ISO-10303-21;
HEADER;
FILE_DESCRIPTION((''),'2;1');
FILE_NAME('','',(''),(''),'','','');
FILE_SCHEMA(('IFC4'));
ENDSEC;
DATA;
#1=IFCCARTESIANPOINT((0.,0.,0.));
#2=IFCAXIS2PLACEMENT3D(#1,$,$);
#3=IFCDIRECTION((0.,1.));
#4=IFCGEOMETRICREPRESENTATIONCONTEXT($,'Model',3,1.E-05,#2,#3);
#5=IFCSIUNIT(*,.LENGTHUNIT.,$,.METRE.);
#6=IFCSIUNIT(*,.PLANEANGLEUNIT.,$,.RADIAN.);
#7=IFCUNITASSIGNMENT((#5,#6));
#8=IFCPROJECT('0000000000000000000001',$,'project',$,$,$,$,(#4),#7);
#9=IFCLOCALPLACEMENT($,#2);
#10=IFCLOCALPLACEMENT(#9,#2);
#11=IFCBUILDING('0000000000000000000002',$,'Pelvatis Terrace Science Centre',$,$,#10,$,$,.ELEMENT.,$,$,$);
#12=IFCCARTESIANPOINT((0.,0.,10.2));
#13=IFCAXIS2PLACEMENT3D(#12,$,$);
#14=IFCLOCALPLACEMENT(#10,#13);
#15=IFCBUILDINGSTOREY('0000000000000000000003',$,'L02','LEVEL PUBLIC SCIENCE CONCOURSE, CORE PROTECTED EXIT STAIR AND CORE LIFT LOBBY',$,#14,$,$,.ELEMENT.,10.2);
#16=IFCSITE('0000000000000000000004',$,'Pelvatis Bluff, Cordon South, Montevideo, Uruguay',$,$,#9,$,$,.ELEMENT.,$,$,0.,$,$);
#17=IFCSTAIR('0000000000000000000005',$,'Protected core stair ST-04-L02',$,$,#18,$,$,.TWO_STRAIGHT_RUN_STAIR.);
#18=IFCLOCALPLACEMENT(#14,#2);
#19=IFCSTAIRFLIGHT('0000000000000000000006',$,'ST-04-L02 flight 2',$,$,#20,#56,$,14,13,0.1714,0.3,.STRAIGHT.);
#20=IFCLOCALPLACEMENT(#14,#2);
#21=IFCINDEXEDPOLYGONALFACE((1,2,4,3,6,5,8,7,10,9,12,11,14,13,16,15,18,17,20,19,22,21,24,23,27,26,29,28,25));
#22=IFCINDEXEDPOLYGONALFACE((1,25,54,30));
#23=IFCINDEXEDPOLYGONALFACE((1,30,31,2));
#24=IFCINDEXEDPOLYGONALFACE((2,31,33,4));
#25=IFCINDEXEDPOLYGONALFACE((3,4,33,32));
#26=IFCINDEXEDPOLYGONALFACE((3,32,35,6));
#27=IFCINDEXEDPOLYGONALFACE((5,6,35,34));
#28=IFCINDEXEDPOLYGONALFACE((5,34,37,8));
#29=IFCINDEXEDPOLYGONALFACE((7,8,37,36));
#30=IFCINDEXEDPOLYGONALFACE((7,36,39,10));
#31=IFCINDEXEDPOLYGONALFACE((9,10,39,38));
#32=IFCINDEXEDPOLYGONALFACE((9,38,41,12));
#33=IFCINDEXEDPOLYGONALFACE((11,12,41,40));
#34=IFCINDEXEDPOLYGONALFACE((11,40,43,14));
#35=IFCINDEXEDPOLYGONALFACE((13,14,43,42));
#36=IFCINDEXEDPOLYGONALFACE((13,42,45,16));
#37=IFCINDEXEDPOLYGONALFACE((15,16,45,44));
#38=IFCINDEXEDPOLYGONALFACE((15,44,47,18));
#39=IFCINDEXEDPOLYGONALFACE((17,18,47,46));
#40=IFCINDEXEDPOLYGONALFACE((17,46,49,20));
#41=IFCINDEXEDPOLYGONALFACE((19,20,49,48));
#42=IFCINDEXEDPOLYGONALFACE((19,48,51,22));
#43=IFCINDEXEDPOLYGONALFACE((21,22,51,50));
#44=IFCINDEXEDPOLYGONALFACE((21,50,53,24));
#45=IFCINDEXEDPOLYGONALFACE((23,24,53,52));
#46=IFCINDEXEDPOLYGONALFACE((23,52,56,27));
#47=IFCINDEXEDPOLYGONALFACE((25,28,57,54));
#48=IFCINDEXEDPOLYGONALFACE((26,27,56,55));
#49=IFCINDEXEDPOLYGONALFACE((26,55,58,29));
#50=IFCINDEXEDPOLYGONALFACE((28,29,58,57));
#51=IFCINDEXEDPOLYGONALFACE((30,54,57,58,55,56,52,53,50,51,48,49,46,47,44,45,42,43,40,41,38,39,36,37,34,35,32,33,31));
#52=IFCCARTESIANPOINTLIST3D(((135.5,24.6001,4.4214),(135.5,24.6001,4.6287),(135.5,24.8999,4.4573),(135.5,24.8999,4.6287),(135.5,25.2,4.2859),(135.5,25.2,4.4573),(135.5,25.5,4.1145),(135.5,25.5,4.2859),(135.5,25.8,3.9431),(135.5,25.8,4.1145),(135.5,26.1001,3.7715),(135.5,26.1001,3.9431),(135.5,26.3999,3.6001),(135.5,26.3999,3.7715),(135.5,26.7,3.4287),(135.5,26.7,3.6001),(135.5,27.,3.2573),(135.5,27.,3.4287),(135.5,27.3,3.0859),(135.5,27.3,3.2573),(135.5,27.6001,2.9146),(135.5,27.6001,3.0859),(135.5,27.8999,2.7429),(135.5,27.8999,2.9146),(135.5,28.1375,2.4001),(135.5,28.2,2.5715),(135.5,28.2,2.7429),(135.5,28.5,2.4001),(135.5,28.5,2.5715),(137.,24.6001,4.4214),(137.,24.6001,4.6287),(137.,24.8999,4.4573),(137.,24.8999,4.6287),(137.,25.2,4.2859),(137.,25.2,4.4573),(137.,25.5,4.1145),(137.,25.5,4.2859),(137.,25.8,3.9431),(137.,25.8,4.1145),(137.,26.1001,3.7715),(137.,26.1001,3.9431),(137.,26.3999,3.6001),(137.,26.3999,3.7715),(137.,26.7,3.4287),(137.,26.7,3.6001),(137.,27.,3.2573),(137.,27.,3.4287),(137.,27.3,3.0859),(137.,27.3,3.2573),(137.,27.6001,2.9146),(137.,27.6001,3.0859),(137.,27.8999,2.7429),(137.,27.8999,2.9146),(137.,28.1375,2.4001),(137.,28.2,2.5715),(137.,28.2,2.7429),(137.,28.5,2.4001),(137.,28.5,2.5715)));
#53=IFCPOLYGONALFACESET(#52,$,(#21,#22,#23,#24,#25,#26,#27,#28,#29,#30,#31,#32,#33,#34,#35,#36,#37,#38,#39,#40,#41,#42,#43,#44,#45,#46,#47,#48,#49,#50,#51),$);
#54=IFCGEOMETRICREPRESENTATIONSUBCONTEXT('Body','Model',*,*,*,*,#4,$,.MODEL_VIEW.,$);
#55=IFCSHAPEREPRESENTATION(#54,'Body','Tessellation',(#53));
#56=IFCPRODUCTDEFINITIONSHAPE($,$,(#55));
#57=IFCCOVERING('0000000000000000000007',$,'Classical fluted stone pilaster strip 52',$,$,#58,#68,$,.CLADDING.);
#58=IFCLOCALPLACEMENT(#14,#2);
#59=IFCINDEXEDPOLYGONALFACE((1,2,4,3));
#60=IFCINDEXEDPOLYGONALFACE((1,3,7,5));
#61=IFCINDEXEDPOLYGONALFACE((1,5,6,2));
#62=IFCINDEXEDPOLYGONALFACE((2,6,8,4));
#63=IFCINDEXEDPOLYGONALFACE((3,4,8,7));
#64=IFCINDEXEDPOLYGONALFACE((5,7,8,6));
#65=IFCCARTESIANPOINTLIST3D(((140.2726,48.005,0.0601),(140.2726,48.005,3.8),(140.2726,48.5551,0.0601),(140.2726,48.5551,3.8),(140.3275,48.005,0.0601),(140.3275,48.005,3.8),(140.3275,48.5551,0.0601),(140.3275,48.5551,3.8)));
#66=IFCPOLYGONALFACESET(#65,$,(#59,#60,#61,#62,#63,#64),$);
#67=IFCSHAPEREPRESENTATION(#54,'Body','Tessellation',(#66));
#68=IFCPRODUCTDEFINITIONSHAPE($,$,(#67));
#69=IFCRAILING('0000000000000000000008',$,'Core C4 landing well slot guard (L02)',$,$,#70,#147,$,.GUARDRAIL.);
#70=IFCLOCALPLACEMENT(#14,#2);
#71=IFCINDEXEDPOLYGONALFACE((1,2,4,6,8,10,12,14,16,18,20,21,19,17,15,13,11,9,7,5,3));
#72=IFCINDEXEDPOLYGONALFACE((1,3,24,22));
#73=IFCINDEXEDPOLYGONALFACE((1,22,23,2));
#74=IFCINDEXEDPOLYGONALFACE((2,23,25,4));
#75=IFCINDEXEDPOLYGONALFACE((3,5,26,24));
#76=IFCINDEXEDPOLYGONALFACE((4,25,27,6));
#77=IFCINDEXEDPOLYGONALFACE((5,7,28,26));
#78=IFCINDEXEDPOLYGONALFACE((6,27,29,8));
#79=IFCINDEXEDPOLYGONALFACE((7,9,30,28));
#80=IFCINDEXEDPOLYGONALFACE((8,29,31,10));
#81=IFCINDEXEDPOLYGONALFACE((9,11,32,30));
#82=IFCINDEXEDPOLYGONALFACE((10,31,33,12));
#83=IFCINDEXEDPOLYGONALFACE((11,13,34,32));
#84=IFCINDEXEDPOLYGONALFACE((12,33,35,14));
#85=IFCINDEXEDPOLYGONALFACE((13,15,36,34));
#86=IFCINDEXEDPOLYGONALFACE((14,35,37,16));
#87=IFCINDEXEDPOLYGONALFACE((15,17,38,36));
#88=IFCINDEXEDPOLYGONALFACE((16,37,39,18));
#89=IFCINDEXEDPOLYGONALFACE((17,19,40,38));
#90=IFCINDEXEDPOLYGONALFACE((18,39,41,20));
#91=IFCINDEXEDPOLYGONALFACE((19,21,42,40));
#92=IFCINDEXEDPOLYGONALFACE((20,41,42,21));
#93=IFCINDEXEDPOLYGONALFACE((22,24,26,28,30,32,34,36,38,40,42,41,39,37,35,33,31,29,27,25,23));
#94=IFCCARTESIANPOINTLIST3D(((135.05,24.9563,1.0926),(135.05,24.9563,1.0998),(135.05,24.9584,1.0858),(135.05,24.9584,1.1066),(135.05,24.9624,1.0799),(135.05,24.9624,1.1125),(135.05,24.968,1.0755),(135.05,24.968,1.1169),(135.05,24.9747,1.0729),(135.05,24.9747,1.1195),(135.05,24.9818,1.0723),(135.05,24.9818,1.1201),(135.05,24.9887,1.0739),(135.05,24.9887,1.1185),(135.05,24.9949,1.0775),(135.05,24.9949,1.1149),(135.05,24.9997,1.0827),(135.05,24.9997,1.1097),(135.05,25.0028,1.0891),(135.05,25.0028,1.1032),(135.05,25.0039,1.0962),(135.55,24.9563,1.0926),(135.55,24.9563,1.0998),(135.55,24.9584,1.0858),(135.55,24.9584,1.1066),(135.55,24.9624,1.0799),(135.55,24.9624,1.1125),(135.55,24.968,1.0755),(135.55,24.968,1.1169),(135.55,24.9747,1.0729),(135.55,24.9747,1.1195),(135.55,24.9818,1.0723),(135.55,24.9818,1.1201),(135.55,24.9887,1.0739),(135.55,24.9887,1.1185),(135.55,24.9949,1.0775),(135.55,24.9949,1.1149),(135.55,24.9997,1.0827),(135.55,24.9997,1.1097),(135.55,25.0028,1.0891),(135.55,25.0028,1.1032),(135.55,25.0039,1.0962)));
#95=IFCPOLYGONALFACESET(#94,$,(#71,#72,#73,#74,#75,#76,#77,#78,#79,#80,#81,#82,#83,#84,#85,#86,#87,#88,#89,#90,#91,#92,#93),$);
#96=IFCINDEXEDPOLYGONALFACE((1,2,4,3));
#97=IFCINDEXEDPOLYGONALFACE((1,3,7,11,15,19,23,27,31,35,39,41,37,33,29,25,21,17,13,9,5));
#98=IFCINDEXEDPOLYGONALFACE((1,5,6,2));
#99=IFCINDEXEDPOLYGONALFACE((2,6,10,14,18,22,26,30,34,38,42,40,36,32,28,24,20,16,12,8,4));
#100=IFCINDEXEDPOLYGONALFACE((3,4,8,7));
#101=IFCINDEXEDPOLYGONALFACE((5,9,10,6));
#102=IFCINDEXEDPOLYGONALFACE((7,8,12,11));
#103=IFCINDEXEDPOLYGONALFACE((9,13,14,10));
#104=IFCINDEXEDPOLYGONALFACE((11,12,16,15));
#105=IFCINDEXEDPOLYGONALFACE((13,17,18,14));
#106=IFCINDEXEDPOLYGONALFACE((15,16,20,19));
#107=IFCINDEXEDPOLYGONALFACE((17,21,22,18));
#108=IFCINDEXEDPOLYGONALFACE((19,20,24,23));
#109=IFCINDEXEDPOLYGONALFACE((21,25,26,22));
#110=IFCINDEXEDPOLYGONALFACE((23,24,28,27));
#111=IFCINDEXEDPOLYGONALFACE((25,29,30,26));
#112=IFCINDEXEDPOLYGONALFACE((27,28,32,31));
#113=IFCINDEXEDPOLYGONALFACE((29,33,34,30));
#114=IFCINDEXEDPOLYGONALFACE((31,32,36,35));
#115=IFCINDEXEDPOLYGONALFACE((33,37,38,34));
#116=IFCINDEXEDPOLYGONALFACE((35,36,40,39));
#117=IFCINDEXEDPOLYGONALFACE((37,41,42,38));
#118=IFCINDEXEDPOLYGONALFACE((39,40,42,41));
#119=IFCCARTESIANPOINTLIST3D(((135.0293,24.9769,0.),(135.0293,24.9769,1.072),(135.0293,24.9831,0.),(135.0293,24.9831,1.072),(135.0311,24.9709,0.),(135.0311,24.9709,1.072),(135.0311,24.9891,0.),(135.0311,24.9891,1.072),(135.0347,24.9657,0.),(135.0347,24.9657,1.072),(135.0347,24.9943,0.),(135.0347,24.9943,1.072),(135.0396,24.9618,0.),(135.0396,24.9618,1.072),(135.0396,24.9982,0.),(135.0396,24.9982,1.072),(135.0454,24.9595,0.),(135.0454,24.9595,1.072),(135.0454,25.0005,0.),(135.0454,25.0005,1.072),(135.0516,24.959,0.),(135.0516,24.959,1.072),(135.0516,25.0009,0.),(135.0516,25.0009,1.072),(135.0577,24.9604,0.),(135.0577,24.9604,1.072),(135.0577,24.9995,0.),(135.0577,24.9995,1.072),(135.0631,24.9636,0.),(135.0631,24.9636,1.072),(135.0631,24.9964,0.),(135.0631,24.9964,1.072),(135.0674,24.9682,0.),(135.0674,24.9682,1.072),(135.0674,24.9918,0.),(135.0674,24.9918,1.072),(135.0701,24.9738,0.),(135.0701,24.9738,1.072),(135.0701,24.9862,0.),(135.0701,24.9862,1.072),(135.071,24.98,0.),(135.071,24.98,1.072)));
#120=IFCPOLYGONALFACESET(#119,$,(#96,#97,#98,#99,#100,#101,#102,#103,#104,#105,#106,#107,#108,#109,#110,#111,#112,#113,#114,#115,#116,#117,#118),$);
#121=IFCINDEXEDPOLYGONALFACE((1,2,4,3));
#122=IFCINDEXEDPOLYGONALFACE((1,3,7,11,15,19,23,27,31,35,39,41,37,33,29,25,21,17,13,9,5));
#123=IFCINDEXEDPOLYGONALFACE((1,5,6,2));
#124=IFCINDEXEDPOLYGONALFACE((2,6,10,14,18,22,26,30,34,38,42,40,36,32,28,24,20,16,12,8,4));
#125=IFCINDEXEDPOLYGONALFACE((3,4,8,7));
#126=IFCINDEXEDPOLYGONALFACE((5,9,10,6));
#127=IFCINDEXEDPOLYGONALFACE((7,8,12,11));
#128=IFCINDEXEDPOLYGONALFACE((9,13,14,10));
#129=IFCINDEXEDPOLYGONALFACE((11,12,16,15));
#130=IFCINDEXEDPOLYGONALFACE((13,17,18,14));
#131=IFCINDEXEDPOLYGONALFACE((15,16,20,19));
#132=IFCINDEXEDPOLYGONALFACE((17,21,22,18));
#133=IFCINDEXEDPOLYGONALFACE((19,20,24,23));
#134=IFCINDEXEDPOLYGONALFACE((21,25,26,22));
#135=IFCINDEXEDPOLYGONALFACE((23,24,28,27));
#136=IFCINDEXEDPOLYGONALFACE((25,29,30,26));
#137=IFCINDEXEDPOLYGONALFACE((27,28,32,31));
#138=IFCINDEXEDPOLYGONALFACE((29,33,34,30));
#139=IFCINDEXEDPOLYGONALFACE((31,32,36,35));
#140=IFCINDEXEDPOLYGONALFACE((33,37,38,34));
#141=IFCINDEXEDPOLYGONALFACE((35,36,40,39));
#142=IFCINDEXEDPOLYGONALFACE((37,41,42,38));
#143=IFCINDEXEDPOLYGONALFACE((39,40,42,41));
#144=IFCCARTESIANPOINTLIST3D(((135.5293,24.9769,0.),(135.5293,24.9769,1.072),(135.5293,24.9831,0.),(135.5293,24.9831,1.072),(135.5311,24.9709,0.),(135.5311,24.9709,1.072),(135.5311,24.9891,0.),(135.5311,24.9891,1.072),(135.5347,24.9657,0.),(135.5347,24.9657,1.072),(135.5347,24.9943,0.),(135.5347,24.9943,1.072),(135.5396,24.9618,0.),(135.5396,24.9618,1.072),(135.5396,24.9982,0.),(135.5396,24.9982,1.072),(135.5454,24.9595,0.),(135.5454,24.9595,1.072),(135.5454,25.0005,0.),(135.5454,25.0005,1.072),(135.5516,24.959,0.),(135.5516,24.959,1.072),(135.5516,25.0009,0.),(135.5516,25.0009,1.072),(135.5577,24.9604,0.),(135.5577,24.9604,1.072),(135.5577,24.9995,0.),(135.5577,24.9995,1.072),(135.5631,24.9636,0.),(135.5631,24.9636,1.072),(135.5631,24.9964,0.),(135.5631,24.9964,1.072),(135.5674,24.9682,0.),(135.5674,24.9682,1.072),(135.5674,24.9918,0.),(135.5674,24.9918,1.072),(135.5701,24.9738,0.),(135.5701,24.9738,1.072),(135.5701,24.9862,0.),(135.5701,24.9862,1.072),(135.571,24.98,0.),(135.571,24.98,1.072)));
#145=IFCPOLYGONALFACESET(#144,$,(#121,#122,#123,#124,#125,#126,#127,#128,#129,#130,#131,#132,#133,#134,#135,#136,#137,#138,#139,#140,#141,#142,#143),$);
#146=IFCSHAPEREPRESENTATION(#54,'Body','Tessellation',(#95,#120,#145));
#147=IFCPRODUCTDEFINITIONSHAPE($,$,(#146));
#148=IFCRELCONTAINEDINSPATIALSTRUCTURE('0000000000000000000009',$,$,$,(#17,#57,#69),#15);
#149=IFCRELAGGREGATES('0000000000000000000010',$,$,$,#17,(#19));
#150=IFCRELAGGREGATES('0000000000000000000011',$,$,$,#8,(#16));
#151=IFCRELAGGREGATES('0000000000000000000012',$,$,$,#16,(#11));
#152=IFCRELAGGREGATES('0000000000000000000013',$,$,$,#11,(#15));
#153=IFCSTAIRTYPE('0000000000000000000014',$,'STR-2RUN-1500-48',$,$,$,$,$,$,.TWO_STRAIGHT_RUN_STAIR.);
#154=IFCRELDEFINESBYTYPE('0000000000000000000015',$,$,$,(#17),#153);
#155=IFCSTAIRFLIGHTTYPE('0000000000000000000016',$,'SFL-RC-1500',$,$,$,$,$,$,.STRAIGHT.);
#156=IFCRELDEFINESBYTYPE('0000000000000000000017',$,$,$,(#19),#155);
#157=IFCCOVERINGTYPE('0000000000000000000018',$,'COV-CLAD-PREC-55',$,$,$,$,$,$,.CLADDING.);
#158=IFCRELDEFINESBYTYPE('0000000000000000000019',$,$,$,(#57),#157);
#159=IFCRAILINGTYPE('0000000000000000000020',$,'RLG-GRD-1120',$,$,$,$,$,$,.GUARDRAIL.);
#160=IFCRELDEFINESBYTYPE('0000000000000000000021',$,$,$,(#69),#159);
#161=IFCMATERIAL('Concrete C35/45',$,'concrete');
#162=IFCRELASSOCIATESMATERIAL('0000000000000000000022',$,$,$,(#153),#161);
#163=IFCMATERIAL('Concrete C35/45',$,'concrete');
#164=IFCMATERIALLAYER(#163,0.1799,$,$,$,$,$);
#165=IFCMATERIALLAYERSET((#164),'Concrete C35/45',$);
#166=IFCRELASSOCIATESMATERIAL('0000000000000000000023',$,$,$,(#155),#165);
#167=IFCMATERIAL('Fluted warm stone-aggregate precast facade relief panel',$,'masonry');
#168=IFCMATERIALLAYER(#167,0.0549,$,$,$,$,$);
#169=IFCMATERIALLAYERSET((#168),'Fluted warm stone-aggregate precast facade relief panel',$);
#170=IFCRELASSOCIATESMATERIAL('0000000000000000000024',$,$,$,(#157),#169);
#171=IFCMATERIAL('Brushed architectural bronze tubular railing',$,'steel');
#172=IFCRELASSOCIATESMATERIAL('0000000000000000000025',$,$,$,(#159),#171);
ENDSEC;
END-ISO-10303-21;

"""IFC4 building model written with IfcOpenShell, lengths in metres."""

from ifc_helpers import new_model, si_unit, direction, frame, origin, origin_2d, place, context, subcontext, project, spatial, polyline, rectangle, circle, outline, extrude, material, layer, layer_set, type_object, element, aggregate, save


model = new_model("IFC4")

# Units and contexts
model_context = context("Model", 3, precision=1e-05, world=origin(), true_north=direction((0.0, 1.0)))
body_context = subcontext(model_context, "Body", "Model", "MODEL_VIEW")
ifc_project = project(units=[si_unit("LENGTHUNIT", "METRE"), si_unit("PLANEANGLEUNIT", "RADIAN")], contexts=[model_context])

# Site, building, storey
site_placement = place(None, origin())
site = spatial("IfcSite", under=ifc_project, at=site_placement, Name="Pelvatis Bluff, Cordon South, Montevideo, Uruguay", CompositionType="ELEMENT", RefElevation=0.0)
building_placement = place(site_placement, origin())
building = spatial("IfcBuilding", under=site, at=building_placement, Name="Pelvatis Terrace Science Centre", CompositionType="ELEMENT")
storey_placement = place(building_placement, frame((0.0, 0.0, 10.2)))
storey = spatial("IfcBuildingStorey", under=building, at=storey_placement, Name="L02", Description="LEVEL PUBLIC SCIENCE CONCOURSE, CORE PROTECTED EXIT STAIR AND CORE LIFT LOBBY", CompositionType="ELEMENT", Elevation=10.2)

# Stair, stair flight
ifc_material_1 = material(Name="Concrete C35/45", Category="concrete")
stair_type = type_object("IfcStairType", Name="STR-2RUN-1500-48", PredefinedType="TWO_STRAIGHT_RUN_STAIR", material=ifc_material_1)
stair_placement = place(storey_placement, origin())
stair = element("IfcStair", 1, at=stair_placement, inside=storey, type_object=stair_type, Name="Protected core stair ST-04-L02", PredefinedType="TWO_STRAIGHT_RUN_STAIR")
ifc_material_2 = material(Name="Concrete C35/45", Category="concrete")
ifc_layer_1 = layer(ifc_material_2, 0.1799)
ifc_layer_set_1 = layer_set([ifc_layer_1], Name="Concrete C35/45")
stair_flight_type = type_object("IfcStairFlightType", Name="SFL-RC-1500", PredefinedType="STRAIGHT", material=ifc_layer_set_1)
stair_flight_1_placement = place(storey_placement, frame((136.25, 28.5, 2.4001), z_axis=(0.0, 0.0, 1.0), x_axis=(0.0, -1.0, 0.0)))
stair_flight_1 = element("IfcStairFlight", 2, at=stair_flight_1_placement, type_object=stair_flight_type, Name="ST-04-L02 flight 2", NumberOfRisers=14, NumberOfTreads=13, PredefinedType="STRAIGHT", RiserHeight=0.1714, TreadLength=0.3, context=body_context, shape_type="SweptSolid", body=[
    extrude(outline(polyline([(0.0, 0.0), (0.0, 0.1714), (0.3, 0.1714), (0.3, 0.3428), (0.6001, 0.3428), (0.6001, 0.5144), (0.8999, 0.5144), (0.8999, 0.6858), (1.2, 0.6858), (1.2, 0.8572), (1.5, 0.8572), (1.5, 1.0286), (1.8, 1.0286), (1.8, 1.2), (2.1001, 1.2), (2.1001, 1.3713), (2.3999, 1.3713), (2.3999, 1.543), (2.7, 1.543), (2.7, 1.7144), (3.0, 1.7144), (3.0, 1.8857), (3.3, 1.8857), (3.3, 2.0571), (3.6001, 2.0571), (3.6001, 2.2285), (3.8999, 2.2285), (3.8999, 2.3999), (3.8999, 2.0212), (0.3625, 0.0), (0.0, 0.0)])), frame((0.0, 0.75, 0.0), z_axis=(0.0, -1.0, 0.0), x_axis=(1.0, 0.0, 0.0)), (0.0, 0.0, 1.0), 1.5),
])
aggregate(stair, [stair_flight_1])

# Covering
ifc_material_3 = material(Name="Fluted warm stone-aggregate precast facade relief panel", Category="masonry")
ifc_layer_2 = layer(ifc_material_3, 0.0549)
ifc_layer_set_2 = layer_set([ifc_layer_2], Name="Fluted warm stone-aggregate precast facade relief panel")
covering_type = type_object("IfcCoveringType", Name="COV-CLAD-PREC-55", PredefinedType="CLADDING", material=ifc_layer_set_2)
covering_placement = place(storey_placement, frame((140.3, 48.28, 0.0601), z_axis=(0.0, 0.0, 1.0), x_axis=(1.0, 0.0, 0.0)))
element("IfcCovering", 3, at=covering_placement, inside=storey, type_object=covering_type, Name="Classical fluted stone pilaster strip 52", PredefinedType="CLADDING", context=body_context, shape_type="SweptSolid", body=[
    extrude(rectangle(XDim=0.0549, YDim=0.55, at=origin_2d()), origin(), (0.0, 0.0, 1.0), 3.74),
])

# Railing
ifc_material_4 = material(Name="Brushed architectural bronze tubular railing", Category="steel")
railing_type_1 = type_object("IfcRailingType", Name="RLG-GRD-1120", PredefinedType="GUARDRAIL", material=ifc_material_4)
railing_1_placement = place(storey_placement, frame((135.05, 24.98, 0.0)))
element("IfcRailing", 4, at=railing_1_placement, inside=storey, type_object=railing_type_1, Name="Core C4 landing well slot guard (L02)", PredefinedType="GUARDRAIL", context=body_context, shape_type="SweptSolid", body=[
    extrude(circle(Radius=0.0239, at=origin_2d()), frame((0.0, 0.0, 1.0962), z_axis=(1.0, 0.0, 0.0), x_axis=(0.0, 1.0, 0.0)), (0.0, 0.0, 1.0), 0.5),
    extrude(circle(Radius=0.021, at=origin_2d()), origin(), (0.0, 0.0, 1.0), 1.072),
    extrude(circle(Radius=0.021, at=origin_2d()), frame((0.5, 0.0, 0.0)), (0.0, 0.0, 1.0), 1.072),
])

save(model, "model.ifc")
